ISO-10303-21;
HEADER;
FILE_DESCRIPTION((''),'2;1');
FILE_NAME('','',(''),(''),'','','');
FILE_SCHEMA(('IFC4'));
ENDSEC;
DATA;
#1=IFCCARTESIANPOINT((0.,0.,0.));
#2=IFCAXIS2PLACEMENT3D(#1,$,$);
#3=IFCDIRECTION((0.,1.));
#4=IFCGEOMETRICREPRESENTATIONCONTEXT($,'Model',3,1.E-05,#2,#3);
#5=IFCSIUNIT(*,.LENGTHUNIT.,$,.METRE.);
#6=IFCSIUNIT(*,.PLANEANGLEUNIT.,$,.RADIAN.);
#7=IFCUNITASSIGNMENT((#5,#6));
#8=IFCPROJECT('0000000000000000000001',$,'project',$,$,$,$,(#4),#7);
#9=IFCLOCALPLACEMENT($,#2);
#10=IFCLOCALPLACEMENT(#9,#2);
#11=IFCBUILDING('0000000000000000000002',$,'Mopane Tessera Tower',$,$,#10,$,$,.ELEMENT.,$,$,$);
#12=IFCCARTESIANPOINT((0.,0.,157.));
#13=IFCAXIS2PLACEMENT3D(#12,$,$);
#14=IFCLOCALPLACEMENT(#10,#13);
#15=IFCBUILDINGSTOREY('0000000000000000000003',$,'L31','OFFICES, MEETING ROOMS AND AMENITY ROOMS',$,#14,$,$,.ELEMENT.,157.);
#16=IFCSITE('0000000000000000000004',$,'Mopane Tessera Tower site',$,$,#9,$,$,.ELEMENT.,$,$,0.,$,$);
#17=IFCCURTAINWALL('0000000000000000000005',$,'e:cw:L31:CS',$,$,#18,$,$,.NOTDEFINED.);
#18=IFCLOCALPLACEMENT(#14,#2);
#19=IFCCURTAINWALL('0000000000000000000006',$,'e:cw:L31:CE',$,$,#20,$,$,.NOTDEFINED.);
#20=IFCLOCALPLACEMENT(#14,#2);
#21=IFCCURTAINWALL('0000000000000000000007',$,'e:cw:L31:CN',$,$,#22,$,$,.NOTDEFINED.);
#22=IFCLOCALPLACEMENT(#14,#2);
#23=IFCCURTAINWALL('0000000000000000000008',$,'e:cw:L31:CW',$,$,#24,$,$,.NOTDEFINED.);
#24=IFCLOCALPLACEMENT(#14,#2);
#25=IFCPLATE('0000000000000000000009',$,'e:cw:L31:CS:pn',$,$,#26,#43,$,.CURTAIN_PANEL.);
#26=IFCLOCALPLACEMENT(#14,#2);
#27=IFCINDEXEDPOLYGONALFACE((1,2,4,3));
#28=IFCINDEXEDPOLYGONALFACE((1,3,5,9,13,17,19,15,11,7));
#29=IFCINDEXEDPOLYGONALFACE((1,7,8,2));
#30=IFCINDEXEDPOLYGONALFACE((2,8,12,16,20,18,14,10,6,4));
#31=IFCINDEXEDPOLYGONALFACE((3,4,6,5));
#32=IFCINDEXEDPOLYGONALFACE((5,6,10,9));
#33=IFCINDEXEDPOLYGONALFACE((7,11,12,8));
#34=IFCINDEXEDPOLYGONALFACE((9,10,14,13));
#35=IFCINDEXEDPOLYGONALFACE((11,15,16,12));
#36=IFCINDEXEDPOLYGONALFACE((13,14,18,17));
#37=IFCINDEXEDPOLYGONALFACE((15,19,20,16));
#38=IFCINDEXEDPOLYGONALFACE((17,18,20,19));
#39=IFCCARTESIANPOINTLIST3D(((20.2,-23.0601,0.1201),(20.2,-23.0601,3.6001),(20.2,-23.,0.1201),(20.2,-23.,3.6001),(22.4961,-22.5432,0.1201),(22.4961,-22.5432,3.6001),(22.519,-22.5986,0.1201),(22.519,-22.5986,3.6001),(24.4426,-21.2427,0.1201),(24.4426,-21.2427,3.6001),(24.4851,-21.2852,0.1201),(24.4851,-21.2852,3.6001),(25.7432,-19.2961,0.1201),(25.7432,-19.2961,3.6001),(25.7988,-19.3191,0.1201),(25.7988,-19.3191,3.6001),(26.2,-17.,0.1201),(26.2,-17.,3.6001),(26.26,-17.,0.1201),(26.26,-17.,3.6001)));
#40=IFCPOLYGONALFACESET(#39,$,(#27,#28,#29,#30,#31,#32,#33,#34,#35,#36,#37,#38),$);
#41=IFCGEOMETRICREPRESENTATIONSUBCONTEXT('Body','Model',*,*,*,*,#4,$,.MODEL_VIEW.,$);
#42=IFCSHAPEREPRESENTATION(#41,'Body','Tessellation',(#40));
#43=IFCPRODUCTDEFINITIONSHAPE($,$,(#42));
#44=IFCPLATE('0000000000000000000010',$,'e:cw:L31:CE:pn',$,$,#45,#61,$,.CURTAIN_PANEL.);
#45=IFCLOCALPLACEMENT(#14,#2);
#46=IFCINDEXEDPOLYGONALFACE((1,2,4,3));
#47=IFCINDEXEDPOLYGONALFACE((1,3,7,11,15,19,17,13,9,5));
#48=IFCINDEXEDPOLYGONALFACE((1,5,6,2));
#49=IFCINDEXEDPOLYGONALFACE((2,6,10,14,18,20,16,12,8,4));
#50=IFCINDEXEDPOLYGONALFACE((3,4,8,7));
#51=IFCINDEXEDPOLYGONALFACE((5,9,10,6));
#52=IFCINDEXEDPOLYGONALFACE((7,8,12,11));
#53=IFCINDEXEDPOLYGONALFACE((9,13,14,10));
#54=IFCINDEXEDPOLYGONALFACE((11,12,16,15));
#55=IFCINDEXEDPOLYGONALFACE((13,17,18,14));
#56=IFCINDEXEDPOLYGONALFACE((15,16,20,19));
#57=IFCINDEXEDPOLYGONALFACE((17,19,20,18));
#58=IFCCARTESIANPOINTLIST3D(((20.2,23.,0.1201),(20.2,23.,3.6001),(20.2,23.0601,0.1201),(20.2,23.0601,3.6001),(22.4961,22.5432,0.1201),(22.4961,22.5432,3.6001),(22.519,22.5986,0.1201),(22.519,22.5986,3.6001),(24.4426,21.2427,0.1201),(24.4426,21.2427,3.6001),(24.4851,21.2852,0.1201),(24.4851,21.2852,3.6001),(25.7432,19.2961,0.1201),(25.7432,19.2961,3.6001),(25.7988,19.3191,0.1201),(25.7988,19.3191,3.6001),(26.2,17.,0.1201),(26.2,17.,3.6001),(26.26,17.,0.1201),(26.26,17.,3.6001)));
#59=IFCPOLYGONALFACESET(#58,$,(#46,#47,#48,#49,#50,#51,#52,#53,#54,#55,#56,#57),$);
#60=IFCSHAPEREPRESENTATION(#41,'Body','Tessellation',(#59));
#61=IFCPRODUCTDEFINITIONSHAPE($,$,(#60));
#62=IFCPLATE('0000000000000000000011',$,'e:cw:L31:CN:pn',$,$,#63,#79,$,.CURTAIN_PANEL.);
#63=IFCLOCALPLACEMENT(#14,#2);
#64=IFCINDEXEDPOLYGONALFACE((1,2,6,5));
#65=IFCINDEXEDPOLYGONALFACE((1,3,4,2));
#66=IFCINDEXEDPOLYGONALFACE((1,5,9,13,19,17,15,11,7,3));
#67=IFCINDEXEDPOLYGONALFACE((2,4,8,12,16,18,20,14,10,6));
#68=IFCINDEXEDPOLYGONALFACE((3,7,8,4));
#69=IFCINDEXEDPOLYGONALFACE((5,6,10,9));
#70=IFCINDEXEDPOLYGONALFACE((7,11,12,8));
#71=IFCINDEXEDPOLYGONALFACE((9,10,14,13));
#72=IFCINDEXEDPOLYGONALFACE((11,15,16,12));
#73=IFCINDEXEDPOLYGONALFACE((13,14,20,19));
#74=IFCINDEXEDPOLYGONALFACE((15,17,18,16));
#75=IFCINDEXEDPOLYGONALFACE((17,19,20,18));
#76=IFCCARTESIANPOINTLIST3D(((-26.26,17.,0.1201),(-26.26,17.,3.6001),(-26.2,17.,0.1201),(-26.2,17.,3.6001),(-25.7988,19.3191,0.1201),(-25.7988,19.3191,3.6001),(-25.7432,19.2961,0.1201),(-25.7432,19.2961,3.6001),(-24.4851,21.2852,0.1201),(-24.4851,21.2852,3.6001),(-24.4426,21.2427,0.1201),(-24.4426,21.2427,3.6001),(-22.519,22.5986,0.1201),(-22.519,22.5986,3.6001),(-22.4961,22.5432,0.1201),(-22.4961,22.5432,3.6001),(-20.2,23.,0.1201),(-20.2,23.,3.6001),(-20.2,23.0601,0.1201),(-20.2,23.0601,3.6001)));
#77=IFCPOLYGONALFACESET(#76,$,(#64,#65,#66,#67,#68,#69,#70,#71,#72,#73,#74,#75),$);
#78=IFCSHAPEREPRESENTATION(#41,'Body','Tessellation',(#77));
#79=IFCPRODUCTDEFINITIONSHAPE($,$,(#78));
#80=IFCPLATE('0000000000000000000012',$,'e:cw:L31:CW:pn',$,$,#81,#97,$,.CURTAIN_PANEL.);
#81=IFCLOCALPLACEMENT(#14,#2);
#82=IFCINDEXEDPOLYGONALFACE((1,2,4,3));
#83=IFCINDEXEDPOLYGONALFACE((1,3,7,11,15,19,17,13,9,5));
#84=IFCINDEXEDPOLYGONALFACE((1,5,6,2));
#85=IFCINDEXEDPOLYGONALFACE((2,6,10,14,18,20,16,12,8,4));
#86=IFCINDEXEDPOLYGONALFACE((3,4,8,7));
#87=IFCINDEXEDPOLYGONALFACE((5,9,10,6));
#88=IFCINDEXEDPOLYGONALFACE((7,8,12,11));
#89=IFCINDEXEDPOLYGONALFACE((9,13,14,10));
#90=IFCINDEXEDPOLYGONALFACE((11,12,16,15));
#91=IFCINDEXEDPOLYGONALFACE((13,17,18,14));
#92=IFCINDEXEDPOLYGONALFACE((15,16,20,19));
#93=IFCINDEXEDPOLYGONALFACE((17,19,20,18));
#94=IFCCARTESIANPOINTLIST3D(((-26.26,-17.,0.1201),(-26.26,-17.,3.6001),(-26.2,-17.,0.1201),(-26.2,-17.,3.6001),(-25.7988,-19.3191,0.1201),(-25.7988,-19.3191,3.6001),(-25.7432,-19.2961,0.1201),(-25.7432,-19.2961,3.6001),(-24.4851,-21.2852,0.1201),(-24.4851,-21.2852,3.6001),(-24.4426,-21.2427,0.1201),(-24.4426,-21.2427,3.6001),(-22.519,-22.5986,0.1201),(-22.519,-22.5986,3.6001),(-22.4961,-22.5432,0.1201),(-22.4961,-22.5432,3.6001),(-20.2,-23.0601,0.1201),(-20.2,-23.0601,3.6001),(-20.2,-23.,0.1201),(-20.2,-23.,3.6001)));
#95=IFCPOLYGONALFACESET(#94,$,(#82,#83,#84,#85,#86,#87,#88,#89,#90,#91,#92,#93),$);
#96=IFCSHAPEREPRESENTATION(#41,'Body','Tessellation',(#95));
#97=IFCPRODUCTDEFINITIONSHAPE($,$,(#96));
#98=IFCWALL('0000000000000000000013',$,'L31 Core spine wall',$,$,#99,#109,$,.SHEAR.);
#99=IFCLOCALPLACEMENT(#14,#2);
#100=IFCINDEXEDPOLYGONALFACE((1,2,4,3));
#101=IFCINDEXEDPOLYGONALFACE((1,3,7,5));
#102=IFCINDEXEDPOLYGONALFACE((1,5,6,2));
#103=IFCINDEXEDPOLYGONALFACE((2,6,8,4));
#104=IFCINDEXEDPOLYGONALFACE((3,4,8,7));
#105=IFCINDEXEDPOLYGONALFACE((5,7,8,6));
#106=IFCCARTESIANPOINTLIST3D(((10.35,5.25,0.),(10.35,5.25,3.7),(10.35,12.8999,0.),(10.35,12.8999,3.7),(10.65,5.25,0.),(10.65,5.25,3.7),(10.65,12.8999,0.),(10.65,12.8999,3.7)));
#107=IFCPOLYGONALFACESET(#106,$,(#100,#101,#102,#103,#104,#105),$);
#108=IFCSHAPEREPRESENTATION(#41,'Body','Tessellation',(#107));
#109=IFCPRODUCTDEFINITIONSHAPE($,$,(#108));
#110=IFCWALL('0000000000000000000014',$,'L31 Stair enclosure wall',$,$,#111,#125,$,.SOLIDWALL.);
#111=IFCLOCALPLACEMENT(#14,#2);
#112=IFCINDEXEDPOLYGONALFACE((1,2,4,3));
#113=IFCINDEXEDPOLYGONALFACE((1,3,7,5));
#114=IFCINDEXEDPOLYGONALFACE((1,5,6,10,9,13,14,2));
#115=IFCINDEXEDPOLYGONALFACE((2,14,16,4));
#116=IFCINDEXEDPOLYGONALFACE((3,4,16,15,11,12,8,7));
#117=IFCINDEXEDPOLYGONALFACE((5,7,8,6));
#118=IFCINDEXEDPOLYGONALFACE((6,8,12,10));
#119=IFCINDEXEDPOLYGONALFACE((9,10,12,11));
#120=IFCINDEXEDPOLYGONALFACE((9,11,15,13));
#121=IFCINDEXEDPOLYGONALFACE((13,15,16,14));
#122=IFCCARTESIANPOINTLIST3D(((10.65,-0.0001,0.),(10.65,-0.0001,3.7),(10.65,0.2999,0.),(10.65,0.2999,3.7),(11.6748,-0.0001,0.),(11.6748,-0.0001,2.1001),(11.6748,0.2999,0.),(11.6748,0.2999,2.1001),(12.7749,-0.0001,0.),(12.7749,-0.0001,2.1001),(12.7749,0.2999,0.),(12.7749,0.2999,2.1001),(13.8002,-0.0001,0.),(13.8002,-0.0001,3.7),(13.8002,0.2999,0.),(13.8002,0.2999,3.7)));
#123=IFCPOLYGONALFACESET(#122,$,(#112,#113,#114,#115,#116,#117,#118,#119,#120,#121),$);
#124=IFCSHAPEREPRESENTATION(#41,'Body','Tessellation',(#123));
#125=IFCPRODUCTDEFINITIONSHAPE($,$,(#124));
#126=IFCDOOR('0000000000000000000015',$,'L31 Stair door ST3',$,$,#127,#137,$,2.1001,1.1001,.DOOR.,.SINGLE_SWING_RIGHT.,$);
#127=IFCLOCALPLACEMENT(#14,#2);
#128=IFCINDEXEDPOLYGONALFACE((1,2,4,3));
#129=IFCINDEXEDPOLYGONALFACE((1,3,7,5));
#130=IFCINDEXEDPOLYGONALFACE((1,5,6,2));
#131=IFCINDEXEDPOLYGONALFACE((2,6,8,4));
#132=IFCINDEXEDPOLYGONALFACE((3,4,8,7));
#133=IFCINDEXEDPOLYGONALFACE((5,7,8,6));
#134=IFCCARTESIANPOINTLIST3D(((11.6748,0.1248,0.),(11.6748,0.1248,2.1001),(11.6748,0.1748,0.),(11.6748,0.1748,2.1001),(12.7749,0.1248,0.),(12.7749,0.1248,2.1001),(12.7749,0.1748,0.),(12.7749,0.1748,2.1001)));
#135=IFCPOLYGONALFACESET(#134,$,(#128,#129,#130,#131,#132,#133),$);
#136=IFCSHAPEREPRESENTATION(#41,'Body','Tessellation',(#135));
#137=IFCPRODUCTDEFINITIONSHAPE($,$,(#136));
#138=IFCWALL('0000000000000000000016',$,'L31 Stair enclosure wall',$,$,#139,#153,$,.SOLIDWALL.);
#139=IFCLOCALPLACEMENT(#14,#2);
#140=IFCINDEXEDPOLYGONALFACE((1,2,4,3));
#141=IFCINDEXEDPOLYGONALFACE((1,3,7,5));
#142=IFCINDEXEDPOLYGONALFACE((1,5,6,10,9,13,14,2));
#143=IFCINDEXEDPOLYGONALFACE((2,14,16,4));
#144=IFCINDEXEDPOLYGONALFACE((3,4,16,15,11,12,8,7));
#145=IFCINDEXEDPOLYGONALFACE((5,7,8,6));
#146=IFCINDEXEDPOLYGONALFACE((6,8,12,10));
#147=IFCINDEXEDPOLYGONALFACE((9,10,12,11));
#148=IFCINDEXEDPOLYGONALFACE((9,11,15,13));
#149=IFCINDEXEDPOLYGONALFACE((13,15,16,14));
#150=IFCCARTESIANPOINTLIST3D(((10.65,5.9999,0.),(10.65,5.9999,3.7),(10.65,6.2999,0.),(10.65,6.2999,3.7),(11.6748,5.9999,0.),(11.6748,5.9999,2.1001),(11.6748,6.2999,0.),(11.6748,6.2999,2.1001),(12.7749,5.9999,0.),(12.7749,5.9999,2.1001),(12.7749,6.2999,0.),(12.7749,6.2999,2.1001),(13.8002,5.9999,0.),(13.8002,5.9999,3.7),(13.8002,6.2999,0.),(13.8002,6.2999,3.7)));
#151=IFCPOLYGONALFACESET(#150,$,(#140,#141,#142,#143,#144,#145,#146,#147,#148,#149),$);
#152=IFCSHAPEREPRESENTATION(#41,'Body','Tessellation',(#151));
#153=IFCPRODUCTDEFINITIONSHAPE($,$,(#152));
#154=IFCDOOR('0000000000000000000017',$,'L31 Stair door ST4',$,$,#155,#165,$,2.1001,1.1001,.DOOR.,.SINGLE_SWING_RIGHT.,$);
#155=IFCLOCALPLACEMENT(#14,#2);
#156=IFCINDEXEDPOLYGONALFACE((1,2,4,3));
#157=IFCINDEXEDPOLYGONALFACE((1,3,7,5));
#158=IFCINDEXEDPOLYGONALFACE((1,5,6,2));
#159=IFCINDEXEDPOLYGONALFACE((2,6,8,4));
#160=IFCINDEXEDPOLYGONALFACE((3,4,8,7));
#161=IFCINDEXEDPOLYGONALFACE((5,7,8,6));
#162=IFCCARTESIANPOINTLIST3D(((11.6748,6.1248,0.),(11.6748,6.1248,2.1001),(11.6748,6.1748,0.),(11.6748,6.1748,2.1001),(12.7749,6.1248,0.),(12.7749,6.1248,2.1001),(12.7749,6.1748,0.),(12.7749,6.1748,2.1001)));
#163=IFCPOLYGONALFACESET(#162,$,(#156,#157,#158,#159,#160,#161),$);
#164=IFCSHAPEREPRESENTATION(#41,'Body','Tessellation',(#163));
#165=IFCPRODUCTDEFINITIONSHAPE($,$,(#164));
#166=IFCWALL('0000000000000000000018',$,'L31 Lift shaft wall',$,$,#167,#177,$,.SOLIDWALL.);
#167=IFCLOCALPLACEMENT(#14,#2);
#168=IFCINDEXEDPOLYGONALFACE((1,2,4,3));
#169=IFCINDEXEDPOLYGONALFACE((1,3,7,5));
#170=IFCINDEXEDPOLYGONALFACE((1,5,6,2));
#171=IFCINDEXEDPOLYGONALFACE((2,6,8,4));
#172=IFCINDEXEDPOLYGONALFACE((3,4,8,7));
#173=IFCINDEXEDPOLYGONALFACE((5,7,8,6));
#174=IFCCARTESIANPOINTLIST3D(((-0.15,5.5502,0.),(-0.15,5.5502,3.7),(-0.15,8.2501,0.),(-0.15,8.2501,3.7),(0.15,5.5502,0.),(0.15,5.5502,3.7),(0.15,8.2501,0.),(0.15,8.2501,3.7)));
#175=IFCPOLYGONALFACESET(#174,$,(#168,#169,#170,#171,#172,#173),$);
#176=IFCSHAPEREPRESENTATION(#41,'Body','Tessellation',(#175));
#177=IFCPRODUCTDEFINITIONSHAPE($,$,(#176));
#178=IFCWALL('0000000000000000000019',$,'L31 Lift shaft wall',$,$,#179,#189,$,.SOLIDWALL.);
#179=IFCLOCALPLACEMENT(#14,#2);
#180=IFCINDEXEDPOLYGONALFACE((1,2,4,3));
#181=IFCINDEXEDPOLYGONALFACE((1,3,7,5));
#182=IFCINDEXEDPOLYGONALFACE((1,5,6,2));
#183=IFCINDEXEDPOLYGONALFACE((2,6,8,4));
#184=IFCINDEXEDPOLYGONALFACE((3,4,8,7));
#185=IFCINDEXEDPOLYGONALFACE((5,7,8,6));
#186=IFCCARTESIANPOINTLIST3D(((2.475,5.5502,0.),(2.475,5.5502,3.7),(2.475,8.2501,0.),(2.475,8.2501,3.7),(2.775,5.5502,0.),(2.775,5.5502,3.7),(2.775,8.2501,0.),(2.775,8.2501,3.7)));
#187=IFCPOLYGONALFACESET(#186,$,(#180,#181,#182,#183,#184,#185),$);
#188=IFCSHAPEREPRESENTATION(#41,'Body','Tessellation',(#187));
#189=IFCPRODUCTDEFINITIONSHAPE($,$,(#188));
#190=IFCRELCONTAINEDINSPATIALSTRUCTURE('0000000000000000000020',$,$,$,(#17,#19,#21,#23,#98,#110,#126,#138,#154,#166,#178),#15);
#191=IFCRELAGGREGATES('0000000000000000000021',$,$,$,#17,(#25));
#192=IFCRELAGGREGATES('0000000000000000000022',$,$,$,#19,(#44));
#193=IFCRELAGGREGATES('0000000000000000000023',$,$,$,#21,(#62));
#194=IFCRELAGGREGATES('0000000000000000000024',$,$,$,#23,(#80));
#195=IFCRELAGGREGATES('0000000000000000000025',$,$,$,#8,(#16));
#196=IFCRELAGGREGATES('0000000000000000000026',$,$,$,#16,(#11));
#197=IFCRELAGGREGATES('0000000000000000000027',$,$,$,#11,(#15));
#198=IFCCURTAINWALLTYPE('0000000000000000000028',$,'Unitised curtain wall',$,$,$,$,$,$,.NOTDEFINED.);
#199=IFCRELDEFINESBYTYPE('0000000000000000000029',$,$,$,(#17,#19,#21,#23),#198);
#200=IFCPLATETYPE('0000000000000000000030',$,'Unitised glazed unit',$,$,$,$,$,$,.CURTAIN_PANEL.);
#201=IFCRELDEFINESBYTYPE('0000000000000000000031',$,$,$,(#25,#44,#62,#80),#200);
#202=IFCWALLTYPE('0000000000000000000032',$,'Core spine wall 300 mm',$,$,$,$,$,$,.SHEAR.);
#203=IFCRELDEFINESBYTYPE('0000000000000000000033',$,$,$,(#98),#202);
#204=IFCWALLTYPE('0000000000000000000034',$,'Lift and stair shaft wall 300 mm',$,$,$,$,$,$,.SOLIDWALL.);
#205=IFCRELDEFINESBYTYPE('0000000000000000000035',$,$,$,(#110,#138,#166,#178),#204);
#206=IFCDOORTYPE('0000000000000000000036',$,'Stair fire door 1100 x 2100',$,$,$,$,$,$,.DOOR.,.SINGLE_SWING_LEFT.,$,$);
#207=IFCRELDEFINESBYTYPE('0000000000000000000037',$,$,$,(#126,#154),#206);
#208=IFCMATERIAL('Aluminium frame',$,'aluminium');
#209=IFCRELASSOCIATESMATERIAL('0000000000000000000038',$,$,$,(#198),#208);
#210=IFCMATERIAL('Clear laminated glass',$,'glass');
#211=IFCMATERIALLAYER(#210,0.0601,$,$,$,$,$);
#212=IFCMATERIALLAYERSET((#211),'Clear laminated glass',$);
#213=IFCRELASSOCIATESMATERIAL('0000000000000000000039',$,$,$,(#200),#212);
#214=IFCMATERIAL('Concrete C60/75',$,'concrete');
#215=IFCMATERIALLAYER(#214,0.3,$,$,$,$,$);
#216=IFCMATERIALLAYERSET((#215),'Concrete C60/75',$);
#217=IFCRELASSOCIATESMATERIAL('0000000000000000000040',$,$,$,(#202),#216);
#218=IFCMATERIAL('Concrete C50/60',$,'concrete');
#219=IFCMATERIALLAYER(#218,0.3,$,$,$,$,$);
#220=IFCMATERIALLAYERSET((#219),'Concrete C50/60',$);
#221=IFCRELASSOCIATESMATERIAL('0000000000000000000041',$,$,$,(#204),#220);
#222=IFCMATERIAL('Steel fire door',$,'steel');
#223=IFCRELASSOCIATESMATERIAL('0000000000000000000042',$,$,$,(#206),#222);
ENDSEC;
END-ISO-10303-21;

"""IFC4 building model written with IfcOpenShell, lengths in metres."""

from ifc_helpers import new_model, si_unit, direction, frame, frame_2d, origin, place, context, subcontext, project, spatial, polyline, rectangle, outline, extrude, material, layer, layer_set, type_object, element, fill, aggregate, save


model = new_model("IFC4")

# Units and contexts
model_context = context("Model", 3, precision=1e-05, world=origin(), true_north=direction((0.0, 1.0)))
body_context = subcontext(model_context, "Body", "Model", "MODEL_VIEW")
ifc_project = project(units=[si_unit("LENGTHUNIT", "METRE"), si_unit("PLANEANGLEUNIT", "RADIAN")], contexts=[model_context])

# Site, building, storey
site_placement = place(None, origin())
site = spatial("IfcSite", under=ifc_project, at=site_placement, Name="Mopane Tessera Tower site", CompositionType="ELEMENT", RefElevation=0.0)
building_placement = place(site_placement, origin())
building = spatial("IfcBuilding", under=site, at=building_placement, Name="Mopane Tessera Tower", CompositionType="ELEMENT")
storey_placement = place(building_placement, frame((0.0, 0.0, 157.0)))
storey = spatial("IfcBuildingStorey", under=building, at=storey_placement, Name="L31", Description="OFFICES, MEETING ROOMS AND AMENITY ROOMS", CompositionType="ELEMENT", Elevation=157.0)

# Curtain walls
ifc_material_1 = material(Name="Aluminium frame", Category="aluminium")
curtain_wall_type = type_object("IfcCurtainWallType", Name="Unitised curtain wall", PredefinedType="NOTDEFINED", material=ifc_material_1)
curtain_wall_1_placement = place(storey_placement, origin())
curtain_wall_1 = element("IfcCurtainWall", 1, at=curtain_wall_1_placement, inside=storey, type_object=curtain_wall_type, Name="e:cw:L31:CS", PredefinedType="NOTDEFINED")
curtain_wall_2_placement = place(storey_placement, origin())
curtain_wall_2 = element("IfcCurtainWall", 2, at=curtain_wall_2_placement, inside=storey, type_object=curtain_wall_type, Name="e:cw:L31:CE", PredefinedType="NOTDEFINED")
curtain_wall_3_placement = place(storey_placement, origin())
curtain_wall_3 = element("IfcCurtainWall", 3, at=curtain_wall_3_placement, inside=storey, type_object=curtain_wall_type, Name="e:cw:L31:CN", PredefinedType="NOTDEFINED")
curtain_wall_4_placement = place(storey_placement, origin())
curtain_wall_4 = element("IfcCurtainWall", 4, at=curtain_wall_4_placement, inside=storey, type_object=curtain_wall_type, Name="e:cw:L31:CW", PredefinedType="NOTDEFINED")

# Plates
ifc_material_2 = material(Name="Clear laminated glass", Category="glass")
ifc_layer_1 = layer(ifc_material_2, 0.0601)
ifc_layer_set_1 = layer_set([ifc_layer_1], Name="Clear laminated glass")
plate_type = type_object("IfcPlateType", Name="Unitised glazed unit", PredefinedType="CURTAIN_PANEL", material=ifc_layer_set_1)
plate_1_placement = place(storey_placement, frame((0.0, 0.0, 0.1201)))
plate_1 = element("IfcPlate", 5, at=plate_1_placement, type_object=plate_type, Name="e:cw:L31:CS:pn", PredefinedType="CURTAIN_PANEL", context=body_context, shape_type="SweptSolid", body=[
    extrude(outline(polyline([(20.2, -23.0), (22.4961, -22.5432), (24.4426, -21.2427), (25.7432, -19.2961), (26.2, -17.0), (26.26, -17.0), (25.7988, -19.3191), (24.4851, -21.2852), (22.519, -22.5986), (20.2, -23.0601), (20.2, -23.0)])), origin(), (0.0, 0.0, 1.0), 3.48),
])
aggregate(curtain_wall_1, [plate_1])
plate_2_placement = place(storey_placement, frame((0.0, 0.0, 0.1201)))
plate_2 = element("IfcPlate", 6, at=plate_2_placement, type_object=plate_type, Name="e:cw:L31:CE:pn", PredefinedType="CURTAIN_PANEL", context=body_context, shape_type="SweptSolid", body=[
    extrude(outline(polyline([(26.2, 17.0), (25.7432, 19.2961), (24.4426, 21.2427), (22.4961, 22.5432), (20.2, 23.0), (20.2, 23.0601), (22.519, 22.5986), (24.4851, 21.2852), (25.7988, 19.3191), (26.26, 17.0), (26.2, 17.0)])), origin(), (0.0, 0.0, 1.0), 3.48),
])
aggregate(curtain_wall_2, [plate_2])
plate_3_placement = place(storey_placement, frame((0.0, 0.0, 0.1201)))
plate_3 = element("IfcPlate", 7, at=plate_3_placement, type_object=plate_type, Name="e:cw:L31:CN:pn", PredefinedType="CURTAIN_PANEL", context=body_context, shape_type="SweptSolid", body=[
    extrude(outline(polyline([(-20.2, 23.0), (-22.4961, 22.5432), (-24.4426, 21.2427), (-25.7432, 19.2961), (-26.2, 17.0), (-26.26, 17.0), (-25.7988, 19.3191), (-24.4851, 21.2852), (-22.519, 22.5986), (-20.2, 23.0601), (-20.2, 23.0)])), origin(), (0.0, 0.0, 1.0), 3.48),
])
aggregate(curtain_wall_3, [plate_3])
plate_4_placement = place(storey_placement, frame((0.0, 0.0, 0.1201)))
plate_4 = element("IfcPlate", 8, at=plate_4_placement, type_object=plate_type, Name="e:cw:L31:CW:pn", PredefinedType="CURTAIN_PANEL", context=body_context, shape_type="SweptSolid", body=[
    extrude(outline(polyline([(-26.2, -17.0), (-25.7432, -19.2961), (-24.4426, -21.2427), (-22.4961, -22.5432), (-20.2, -23.0), (-20.2, -23.0601), (-22.519, -22.5986), (-24.4851, -21.2852), (-25.7988, -19.3191), (-26.26, -17.0), (-26.2, -17.0)])), origin(), (0.0, 0.0, 1.0), 3.48),
])
aggregate(curtain_wall_4, [plate_4])

# Wall
ifc_material_3 = material(Name="Concrete C60/75", Category="concrete")
ifc_layer_2 = layer(ifc_material_3, 0.3)
ifc_layer_set_2 = layer_set([ifc_layer_2], Name="Concrete C60/75")
wall_type_1 = type_object("IfcWallType", Name="Core spine wall 300 mm", PredefinedType="SHEAR", material=ifc_layer_set_2)
wall_1_placement = place(storey_placement, frame((10.5, 5.25, 0.0), z_axis=(0.0, 0.0, 1.0), x_axis=(0.0, 1.0, 0.0)))
element("IfcWall", 9, at=wall_1_placement, inside=storey, type_object=wall_type_1, Name="L31 Core spine wall", PredefinedType="SHEAR", context=body_context, shape_type="SweptSolid", body=[
    extrude(rectangle(XDim=7.6499, YDim=0.3, at=frame_2d((3.825, 0.0))), origin(), (0.0, 0.0, 1.0), 3.7),
])

# Walls, openings, doors
ifc_material_4 = material(Name="Concrete C50/60", Category="concrete")
ifc_layer_3 = layer(ifc_material_4, 0.3)
ifc_layer_set_3 = layer_set([ifc_layer_3], Name="Concrete C50/60")
wall_type_2 = type_object("IfcWallType", Name="Lift and stair shaft wall 300 mm", PredefinedType="SOLIDWALL", material=ifc_layer_set_3)
wall_2_placement = place(storey_placement, frame((10.6499, 0.1499, 0.0), z_axis=(0.0, 0.0, 1.0), x_axis=(1.0, 0.0, 0.0)))
wall_2 = element("IfcWall", 10, at=wall_2_placement, inside=storey, type_object=wall_type_2, Name="L31 Stair enclosure wall", PredefinedType="SOLIDWALL", context=body_context, shape_type="SweptSolid", body=[
    extrude(rectangle(XDim=3.1501, YDim=0.3, at=frame_2d((1.5752, 0.0))), origin(), (0.0, 0.0, 1.0), 3.7),
])
opening_1_placement = place(wall_2_placement, frame((1.0249, 0.0, 0.0)))
opening_1 = element("IfcOpeningElement", 11, at=opening_1_placement, cuts=wall_2, PredefinedType="OPENING", context=body_context, shape_type="SweptSolid", body=[
    extrude(rectangle(XDim=1.1001, YDim=2.1001, at=frame_2d((0.55, 1.05))), frame((0.0, 0.1621, 0.0), z_axis=(0.0, -1.0, 0.0), x_axis=(1.0, 0.0, 0.0)), (0.0, 0.0, 1.0), 0.324),
])
ifc_material_5 = material(Name="Steel fire door", Category="steel")
door_type = type_object("IfcDoorType", Name="Stair fire door 1100 x 2100", OperationType="SINGLE_SWING_LEFT", PredefinedType="DOOR", material=ifc_material_5)
door_1_placement = place(opening_1_placement, origin())
door_1 = element("IfcDoor", 12, at=door_1_placement, inside=storey, type_object=door_type, Name="L31 Stair door ST3", OperationType="SINGLE_SWING_RIGHT", OverallHeight=2.1001, OverallWidth=1.1001, PredefinedType="DOOR", context=body_context, shape_type="SweptSolid", body=[
    extrude(rectangle(XDim=1.1001, YDim=2.1001, at=frame_2d((0.55, 1.05))), frame((0.0, 0.0249, 0.0), z_axis=(0.0, -1.0, 0.0), x_axis=(1.0, 0.0, 0.0)), (0.0, 0.0, 1.0), 0.05),
])
fill(opening_1, door_1)
wall_3_placement = place(storey_placement, frame((10.6499, 6.1499, 0.0), z_axis=(0.0, 0.0, 1.0), x_axis=(1.0, 0.0, 0.0)))
wall_3 = element("IfcWall", 13, at=wall_3_placement, inside=storey, type_object=wall_type_2, Name="L31 Stair enclosure wall", PredefinedType="SOLIDWALL", context=body_context, shape_type="SweptSolid", body=[
    extrude(rectangle(XDim=3.1501, YDim=0.3, at=frame_2d((1.5752, 0.0))), origin(), (0.0, 0.0, 1.0), 3.7),
])
opening_2_placement = place(wall_3_placement, frame((1.0249, 0.0, 0.0)))
opening_2 = element("IfcOpeningElement", 14, at=opening_2_placement, cuts=wall_3, PredefinedType="OPENING", context=body_context, shape_type="SweptSolid", body=[
    extrude(rectangle(XDim=1.1001, YDim=2.1001, at=frame_2d((0.55, 1.05))), frame((0.0, 0.1621, 0.0), z_axis=(0.0, -1.0, 0.0), x_axis=(1.0, 0.0, 0.0)), (0.0, 0.0, 1.0), 0.324),
])
door_2_placement = place(opening_2_placement, origin())
door_2 = element("IfcDoor", 15, at=door_2_placement, inside=storey, type_object=door_type, Name="L31 Stair door ST4", OperationType="SINGLE_SWING_RIGHT", OverallHeight=2.1001, OverallWidth=1.1001, PredefinedType="DOOR", context=body_context, shape_type="SweptSolid", body=[
    extrude(rectangle(XDim=1.1001, YDim=2.1001, at=frame_2d((0.55, 1.05))), frame((0.0, 0.0249, 0.0), z_axis=(0.0, -1.0, 0.0), x_axis=(1.0, 0.0, 0.0)), (0.0, 0.0, 1.0), 0.05),
])
fill(opening_2, door_2)

# Walls
for number, where, z_axis, x_axis, name in (
    (16, (0.0, 5.55, 0.0), (0.0, 0.0, 1.0), (0.0, 1.0, 0.0), "L31 Lift shaft wall"),
    (17, (2.625, 5.55, 0.0), (0.0, 0.0, 1.0), (0.0, 1.0, 0.0), "L31 Lift shaft wall"),
):
    element("IfcWall", number, at=place(storey_placement, frame(where, z_axis=z_axis, x_axis=x_axis)), inside=storey, type_object=wall_type_2, Name=name, PredefinedType="SOLIDWALL", context=body_context, shape_type="SweptSolid", body=[
        extrude(rectangle(XDim=2.7, YDim=0.3, at=frame_2d((1.3501, 0.0))), origin(), (0.0, 0.0, 1.0), 3.7),
    ])

save(model, "model.ifc")
